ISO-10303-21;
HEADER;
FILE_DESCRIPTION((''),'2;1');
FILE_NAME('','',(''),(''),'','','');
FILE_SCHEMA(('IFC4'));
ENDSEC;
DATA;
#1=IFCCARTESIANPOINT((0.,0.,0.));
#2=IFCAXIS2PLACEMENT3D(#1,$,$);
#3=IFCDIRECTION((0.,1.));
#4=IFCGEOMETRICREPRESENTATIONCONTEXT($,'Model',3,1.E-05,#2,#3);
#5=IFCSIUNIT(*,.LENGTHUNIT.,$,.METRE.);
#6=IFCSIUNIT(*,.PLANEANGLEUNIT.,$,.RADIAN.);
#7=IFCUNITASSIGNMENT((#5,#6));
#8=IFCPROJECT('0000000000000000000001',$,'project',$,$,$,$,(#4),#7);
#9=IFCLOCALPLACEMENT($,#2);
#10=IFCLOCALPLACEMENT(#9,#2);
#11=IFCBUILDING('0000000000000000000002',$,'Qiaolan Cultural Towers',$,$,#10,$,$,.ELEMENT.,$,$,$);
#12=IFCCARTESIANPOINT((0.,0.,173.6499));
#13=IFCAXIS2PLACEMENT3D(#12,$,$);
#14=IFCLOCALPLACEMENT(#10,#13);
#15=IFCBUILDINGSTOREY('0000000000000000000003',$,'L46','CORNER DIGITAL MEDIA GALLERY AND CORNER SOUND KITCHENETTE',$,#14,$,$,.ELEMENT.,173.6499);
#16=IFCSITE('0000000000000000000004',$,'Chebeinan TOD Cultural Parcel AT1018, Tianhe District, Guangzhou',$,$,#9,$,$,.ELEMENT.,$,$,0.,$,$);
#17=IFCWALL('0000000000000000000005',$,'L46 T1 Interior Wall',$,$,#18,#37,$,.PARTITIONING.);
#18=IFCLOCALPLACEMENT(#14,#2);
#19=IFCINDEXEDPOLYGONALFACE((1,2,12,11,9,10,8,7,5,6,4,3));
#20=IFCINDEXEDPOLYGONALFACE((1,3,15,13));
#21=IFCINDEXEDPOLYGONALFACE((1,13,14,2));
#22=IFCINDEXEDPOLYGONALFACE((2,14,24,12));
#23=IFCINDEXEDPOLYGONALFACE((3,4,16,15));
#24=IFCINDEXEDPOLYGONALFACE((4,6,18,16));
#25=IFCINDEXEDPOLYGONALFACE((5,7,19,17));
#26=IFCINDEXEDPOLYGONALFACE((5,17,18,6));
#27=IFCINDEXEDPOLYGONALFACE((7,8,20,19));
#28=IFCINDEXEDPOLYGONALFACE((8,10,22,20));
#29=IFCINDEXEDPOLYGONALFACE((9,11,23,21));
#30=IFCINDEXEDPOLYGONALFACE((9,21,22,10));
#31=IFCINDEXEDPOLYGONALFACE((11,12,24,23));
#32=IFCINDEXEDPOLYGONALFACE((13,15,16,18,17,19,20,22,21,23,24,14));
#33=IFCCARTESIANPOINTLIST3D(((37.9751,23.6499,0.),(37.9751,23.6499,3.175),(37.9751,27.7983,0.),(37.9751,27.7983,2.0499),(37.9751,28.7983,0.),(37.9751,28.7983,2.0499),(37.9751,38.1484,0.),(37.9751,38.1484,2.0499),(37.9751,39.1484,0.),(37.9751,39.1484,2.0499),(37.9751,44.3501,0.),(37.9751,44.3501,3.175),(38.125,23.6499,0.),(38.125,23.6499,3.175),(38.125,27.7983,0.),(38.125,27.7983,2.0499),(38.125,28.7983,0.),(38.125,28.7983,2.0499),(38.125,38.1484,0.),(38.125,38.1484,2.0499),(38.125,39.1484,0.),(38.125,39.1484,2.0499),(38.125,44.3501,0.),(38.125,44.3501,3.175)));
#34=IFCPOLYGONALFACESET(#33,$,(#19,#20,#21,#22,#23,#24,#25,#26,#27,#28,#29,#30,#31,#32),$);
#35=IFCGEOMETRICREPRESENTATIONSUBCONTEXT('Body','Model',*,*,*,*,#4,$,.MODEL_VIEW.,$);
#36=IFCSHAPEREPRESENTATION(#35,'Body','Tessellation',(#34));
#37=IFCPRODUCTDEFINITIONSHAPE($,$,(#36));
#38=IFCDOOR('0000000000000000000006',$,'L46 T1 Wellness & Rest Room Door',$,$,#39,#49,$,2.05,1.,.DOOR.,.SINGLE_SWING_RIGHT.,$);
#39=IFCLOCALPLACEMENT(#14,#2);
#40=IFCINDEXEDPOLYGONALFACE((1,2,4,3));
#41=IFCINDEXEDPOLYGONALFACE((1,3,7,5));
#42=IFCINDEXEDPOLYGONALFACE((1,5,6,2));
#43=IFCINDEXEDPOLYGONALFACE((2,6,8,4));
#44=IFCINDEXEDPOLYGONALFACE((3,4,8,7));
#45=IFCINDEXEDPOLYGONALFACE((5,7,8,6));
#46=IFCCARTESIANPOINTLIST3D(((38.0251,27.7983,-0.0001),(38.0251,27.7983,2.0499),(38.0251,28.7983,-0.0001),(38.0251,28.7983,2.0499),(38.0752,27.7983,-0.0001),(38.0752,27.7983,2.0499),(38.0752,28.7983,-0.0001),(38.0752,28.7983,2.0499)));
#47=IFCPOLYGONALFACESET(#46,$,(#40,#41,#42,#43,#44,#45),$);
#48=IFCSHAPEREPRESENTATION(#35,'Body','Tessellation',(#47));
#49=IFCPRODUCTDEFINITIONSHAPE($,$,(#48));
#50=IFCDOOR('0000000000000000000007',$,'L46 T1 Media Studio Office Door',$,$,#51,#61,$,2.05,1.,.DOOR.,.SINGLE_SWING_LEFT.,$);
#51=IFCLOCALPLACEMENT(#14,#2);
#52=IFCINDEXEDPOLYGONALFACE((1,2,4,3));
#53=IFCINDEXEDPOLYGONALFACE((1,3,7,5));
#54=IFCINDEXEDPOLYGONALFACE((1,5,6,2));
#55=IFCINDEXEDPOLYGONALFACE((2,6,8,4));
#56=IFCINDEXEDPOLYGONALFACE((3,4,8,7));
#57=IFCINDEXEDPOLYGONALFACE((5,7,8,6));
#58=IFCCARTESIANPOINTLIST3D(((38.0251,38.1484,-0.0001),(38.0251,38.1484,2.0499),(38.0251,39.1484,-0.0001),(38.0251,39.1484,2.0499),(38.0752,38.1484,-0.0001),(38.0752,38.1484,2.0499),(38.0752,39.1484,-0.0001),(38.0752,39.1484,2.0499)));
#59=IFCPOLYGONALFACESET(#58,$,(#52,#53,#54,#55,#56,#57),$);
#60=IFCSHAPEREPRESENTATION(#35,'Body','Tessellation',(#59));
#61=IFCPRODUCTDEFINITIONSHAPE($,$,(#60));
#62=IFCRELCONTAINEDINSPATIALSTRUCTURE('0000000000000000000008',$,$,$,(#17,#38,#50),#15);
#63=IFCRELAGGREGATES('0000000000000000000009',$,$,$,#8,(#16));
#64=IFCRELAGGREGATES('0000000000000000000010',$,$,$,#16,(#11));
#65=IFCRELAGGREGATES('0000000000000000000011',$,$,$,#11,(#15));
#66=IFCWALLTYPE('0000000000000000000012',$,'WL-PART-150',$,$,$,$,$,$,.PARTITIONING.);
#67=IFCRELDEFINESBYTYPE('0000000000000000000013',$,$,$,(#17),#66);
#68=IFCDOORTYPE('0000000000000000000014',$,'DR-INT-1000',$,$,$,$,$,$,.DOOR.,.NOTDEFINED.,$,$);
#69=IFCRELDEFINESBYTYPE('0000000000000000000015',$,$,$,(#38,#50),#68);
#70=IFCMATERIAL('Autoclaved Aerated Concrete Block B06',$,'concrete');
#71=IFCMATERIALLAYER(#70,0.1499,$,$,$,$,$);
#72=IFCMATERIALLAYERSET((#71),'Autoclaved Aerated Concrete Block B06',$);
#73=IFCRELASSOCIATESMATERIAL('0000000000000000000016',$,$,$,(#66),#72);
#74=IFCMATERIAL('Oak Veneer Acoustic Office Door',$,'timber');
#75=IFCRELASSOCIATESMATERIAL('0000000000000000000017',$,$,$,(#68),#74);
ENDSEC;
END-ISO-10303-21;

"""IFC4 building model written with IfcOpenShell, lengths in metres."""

from ifc_helpers import new_model, si_unit, direction, frame, frame_2d, origin, place, context, subcontext, project, spatial, rectangle, extrude, material, layer, layer_set, type_object, element, fill, save


model = new_model("IFC4")

# Units and contexts
model_context = context("Model", 3, precision=1e-05, world=origin(), true_north=direction((0.0, 1.0)))
body_context = subcontext(model_context, "Body", "Model", "MODEL_VIEW")
ifc_project = project(units=[si_unit("LENGTHUNIT", "METRE"), si_unit("PLANEANGLEUNIT", "RADIAN")], contexts=[model_context])

# Site, building, storey
site_placement = place(None, origin())
site = spatial("IfcSite", under=ifc_project, at=site_placement, Name="Chebeinan TOD Cultural Parcel AT1018, Tianhe District, Guangzhou", CompositionType="ELEMENT", RefElevation=0.0)
building_placement = place(site_placement, origin())
building = spatial("IfcBuilding", under=site, at=building_placement, Name="Qiaolan Cultural Towers", CompositionType="ELEMENT")
storey_placement = place(building_placement, frame((0.0, 0.0, 173.6499)))
storey = spatial("IfcBuildingStorey", under=building, at=storey_placement, Name="L46", Description="CORNER DIGITAL MEDIA GALLERY AND CORNER SOUND KITCHENETTE", CompositionType="ELEMENT", Elevation=173.6499)

# Shared definitions
ifc_material_1 = material(Name="Autoclaved Aerated Concrete Block B06", Category="concrete")
ifc_layer_1 = layer(ifc_material_1, 0.1499)
ifc_layer_set_1 = layer_set([ifc_layer_1], Name="Autoclaved Aerated Concrete Block B06")
wall_type_1 = type_object("IfcWallType", Name="WL-PART-150", PredefinedType="PARTITIONING", material=ifc_layer_set_1)

# Wall, openings, doors
wall_1_placement = place(storey_placement, frame((38.05, 23.6499, 0.0), z_axis=(0.0, 0.0, 1.0), x_axis=(0.0, 1.0, 0.0)))
wall_1 = element("IfcWall", 1, at=wall_1_placement, inside=storey, type_object=wall_type_1, Name="L46 T1 Interior Wall", PredefinedType="PARTITIONING", context=body_context, shape_type="SweptSolid", body=[
    extrude(rectangle(XDim=20.7002, YDim=0.1499, at=frame_2d((10.3501, 0.0))), origin(), (0.0, 0.0, 1.0), 3.175),
])
opening_1_placement = place(wall_1_placement, frame((4.1484, 0.0, 0.0)))
opening_1 = element("IfcOpeningElement", 2, at=opening_1_placement, cuts=wall_1, PredefinedType="OPENING", context=body_context, shape_type="SweptSolid", body=[
    extrude(rectangle(XDim=1.0, YDim=2.05, at=frame_2d((0.5, 1.0249))), frame((0.0, 0.085, 0.0), z_axis=(0.0, -1.0, 0.0), x_axis=(1.0, 0.0, 0.0)), (0.0, 0.0, 1.0), 0.1699),
])
opening_2_placement = place(wall_1_placement, frame((14.4985, 0.0, 0.0)))
opening_2 = element("IfcOpeningElement", 3, at=opening_2_placement, cuts=wall_1, PredefinedType="OPENING", context=body_context, shape_type="SweptSolid", body=[
    extrude(rectangle(XDim=1.0, YDim=2.05, at=frame_2d((0.5, 1.0249))), frame((0.0, 0.085, 0.0), z_axis=(0.0, -1.0, 0.0), x_axis=(1.0, 0.0, 0.0)), (0.0, 0.0, 1.0), 0.1699),
])
ifc_material_2 = material(Name="Oak Veneer Acoustic Office Door", Category="timber")
door_type_1 = type_object("IfcDoorType", Name="DR-INT-1000", OperationType="NOTDEFINED", PredefinedType="DOOR", material=ifc_material_2)
door_1_placement = place(opening_1_placement, origin())
door_1 = element("IfcDoor", 4, at=door_1_placement, inside=storey, type_object=door_type_1, Name="L46 T1 Wellness & Rest Room Door", OperationType="SINGLE_SWING_RIGHT", OverallHeight=2.05, OverallWidth=1.0, PredefinedType="DOOR", context=body_context, shape_type="SweptSolid", body=[
    extrude(rectangle(XDim=1.0, YDim=2.05, at=frame_2d((0.5, 1.0249))), frame((0.0, 0.0249, 0.0), z_axis=(0.0, -1.0, 0.0), x_axis=(1.0, 0.0, 0.0)), (0.0, 0.0, 1.0), 0.05),
])
fill(opening_1, door_1)
door_2_placement = place(opening_2_placement, origin())
door_2 = element("IfcDoor", 5, at=door_2_placement, inside=storey, type_object=door_type_1, Name="L46 T1 Media Studio Office Door", OperationType="SINGLE_SWING_LEFT", OverallHeight=2.05, OverallWidth=1.0, PredefinedType="DOOR", context=body_context, shape_type="SweptSolid", body=[
    extrude(rectangle(XDim=1.0, YDim=2.05, at=frame_2d((0.5, 1.0249))), frame((0.0, 0.0249, 0.0), z_axis=(0.0, -1.0, 0.0), x_axis=(1.0, 0.0, 0.0)), (0.0, 0.0, 1.0), 0.05),
])
fill(opening_2, door_2)

save(model, "model.ifc")
